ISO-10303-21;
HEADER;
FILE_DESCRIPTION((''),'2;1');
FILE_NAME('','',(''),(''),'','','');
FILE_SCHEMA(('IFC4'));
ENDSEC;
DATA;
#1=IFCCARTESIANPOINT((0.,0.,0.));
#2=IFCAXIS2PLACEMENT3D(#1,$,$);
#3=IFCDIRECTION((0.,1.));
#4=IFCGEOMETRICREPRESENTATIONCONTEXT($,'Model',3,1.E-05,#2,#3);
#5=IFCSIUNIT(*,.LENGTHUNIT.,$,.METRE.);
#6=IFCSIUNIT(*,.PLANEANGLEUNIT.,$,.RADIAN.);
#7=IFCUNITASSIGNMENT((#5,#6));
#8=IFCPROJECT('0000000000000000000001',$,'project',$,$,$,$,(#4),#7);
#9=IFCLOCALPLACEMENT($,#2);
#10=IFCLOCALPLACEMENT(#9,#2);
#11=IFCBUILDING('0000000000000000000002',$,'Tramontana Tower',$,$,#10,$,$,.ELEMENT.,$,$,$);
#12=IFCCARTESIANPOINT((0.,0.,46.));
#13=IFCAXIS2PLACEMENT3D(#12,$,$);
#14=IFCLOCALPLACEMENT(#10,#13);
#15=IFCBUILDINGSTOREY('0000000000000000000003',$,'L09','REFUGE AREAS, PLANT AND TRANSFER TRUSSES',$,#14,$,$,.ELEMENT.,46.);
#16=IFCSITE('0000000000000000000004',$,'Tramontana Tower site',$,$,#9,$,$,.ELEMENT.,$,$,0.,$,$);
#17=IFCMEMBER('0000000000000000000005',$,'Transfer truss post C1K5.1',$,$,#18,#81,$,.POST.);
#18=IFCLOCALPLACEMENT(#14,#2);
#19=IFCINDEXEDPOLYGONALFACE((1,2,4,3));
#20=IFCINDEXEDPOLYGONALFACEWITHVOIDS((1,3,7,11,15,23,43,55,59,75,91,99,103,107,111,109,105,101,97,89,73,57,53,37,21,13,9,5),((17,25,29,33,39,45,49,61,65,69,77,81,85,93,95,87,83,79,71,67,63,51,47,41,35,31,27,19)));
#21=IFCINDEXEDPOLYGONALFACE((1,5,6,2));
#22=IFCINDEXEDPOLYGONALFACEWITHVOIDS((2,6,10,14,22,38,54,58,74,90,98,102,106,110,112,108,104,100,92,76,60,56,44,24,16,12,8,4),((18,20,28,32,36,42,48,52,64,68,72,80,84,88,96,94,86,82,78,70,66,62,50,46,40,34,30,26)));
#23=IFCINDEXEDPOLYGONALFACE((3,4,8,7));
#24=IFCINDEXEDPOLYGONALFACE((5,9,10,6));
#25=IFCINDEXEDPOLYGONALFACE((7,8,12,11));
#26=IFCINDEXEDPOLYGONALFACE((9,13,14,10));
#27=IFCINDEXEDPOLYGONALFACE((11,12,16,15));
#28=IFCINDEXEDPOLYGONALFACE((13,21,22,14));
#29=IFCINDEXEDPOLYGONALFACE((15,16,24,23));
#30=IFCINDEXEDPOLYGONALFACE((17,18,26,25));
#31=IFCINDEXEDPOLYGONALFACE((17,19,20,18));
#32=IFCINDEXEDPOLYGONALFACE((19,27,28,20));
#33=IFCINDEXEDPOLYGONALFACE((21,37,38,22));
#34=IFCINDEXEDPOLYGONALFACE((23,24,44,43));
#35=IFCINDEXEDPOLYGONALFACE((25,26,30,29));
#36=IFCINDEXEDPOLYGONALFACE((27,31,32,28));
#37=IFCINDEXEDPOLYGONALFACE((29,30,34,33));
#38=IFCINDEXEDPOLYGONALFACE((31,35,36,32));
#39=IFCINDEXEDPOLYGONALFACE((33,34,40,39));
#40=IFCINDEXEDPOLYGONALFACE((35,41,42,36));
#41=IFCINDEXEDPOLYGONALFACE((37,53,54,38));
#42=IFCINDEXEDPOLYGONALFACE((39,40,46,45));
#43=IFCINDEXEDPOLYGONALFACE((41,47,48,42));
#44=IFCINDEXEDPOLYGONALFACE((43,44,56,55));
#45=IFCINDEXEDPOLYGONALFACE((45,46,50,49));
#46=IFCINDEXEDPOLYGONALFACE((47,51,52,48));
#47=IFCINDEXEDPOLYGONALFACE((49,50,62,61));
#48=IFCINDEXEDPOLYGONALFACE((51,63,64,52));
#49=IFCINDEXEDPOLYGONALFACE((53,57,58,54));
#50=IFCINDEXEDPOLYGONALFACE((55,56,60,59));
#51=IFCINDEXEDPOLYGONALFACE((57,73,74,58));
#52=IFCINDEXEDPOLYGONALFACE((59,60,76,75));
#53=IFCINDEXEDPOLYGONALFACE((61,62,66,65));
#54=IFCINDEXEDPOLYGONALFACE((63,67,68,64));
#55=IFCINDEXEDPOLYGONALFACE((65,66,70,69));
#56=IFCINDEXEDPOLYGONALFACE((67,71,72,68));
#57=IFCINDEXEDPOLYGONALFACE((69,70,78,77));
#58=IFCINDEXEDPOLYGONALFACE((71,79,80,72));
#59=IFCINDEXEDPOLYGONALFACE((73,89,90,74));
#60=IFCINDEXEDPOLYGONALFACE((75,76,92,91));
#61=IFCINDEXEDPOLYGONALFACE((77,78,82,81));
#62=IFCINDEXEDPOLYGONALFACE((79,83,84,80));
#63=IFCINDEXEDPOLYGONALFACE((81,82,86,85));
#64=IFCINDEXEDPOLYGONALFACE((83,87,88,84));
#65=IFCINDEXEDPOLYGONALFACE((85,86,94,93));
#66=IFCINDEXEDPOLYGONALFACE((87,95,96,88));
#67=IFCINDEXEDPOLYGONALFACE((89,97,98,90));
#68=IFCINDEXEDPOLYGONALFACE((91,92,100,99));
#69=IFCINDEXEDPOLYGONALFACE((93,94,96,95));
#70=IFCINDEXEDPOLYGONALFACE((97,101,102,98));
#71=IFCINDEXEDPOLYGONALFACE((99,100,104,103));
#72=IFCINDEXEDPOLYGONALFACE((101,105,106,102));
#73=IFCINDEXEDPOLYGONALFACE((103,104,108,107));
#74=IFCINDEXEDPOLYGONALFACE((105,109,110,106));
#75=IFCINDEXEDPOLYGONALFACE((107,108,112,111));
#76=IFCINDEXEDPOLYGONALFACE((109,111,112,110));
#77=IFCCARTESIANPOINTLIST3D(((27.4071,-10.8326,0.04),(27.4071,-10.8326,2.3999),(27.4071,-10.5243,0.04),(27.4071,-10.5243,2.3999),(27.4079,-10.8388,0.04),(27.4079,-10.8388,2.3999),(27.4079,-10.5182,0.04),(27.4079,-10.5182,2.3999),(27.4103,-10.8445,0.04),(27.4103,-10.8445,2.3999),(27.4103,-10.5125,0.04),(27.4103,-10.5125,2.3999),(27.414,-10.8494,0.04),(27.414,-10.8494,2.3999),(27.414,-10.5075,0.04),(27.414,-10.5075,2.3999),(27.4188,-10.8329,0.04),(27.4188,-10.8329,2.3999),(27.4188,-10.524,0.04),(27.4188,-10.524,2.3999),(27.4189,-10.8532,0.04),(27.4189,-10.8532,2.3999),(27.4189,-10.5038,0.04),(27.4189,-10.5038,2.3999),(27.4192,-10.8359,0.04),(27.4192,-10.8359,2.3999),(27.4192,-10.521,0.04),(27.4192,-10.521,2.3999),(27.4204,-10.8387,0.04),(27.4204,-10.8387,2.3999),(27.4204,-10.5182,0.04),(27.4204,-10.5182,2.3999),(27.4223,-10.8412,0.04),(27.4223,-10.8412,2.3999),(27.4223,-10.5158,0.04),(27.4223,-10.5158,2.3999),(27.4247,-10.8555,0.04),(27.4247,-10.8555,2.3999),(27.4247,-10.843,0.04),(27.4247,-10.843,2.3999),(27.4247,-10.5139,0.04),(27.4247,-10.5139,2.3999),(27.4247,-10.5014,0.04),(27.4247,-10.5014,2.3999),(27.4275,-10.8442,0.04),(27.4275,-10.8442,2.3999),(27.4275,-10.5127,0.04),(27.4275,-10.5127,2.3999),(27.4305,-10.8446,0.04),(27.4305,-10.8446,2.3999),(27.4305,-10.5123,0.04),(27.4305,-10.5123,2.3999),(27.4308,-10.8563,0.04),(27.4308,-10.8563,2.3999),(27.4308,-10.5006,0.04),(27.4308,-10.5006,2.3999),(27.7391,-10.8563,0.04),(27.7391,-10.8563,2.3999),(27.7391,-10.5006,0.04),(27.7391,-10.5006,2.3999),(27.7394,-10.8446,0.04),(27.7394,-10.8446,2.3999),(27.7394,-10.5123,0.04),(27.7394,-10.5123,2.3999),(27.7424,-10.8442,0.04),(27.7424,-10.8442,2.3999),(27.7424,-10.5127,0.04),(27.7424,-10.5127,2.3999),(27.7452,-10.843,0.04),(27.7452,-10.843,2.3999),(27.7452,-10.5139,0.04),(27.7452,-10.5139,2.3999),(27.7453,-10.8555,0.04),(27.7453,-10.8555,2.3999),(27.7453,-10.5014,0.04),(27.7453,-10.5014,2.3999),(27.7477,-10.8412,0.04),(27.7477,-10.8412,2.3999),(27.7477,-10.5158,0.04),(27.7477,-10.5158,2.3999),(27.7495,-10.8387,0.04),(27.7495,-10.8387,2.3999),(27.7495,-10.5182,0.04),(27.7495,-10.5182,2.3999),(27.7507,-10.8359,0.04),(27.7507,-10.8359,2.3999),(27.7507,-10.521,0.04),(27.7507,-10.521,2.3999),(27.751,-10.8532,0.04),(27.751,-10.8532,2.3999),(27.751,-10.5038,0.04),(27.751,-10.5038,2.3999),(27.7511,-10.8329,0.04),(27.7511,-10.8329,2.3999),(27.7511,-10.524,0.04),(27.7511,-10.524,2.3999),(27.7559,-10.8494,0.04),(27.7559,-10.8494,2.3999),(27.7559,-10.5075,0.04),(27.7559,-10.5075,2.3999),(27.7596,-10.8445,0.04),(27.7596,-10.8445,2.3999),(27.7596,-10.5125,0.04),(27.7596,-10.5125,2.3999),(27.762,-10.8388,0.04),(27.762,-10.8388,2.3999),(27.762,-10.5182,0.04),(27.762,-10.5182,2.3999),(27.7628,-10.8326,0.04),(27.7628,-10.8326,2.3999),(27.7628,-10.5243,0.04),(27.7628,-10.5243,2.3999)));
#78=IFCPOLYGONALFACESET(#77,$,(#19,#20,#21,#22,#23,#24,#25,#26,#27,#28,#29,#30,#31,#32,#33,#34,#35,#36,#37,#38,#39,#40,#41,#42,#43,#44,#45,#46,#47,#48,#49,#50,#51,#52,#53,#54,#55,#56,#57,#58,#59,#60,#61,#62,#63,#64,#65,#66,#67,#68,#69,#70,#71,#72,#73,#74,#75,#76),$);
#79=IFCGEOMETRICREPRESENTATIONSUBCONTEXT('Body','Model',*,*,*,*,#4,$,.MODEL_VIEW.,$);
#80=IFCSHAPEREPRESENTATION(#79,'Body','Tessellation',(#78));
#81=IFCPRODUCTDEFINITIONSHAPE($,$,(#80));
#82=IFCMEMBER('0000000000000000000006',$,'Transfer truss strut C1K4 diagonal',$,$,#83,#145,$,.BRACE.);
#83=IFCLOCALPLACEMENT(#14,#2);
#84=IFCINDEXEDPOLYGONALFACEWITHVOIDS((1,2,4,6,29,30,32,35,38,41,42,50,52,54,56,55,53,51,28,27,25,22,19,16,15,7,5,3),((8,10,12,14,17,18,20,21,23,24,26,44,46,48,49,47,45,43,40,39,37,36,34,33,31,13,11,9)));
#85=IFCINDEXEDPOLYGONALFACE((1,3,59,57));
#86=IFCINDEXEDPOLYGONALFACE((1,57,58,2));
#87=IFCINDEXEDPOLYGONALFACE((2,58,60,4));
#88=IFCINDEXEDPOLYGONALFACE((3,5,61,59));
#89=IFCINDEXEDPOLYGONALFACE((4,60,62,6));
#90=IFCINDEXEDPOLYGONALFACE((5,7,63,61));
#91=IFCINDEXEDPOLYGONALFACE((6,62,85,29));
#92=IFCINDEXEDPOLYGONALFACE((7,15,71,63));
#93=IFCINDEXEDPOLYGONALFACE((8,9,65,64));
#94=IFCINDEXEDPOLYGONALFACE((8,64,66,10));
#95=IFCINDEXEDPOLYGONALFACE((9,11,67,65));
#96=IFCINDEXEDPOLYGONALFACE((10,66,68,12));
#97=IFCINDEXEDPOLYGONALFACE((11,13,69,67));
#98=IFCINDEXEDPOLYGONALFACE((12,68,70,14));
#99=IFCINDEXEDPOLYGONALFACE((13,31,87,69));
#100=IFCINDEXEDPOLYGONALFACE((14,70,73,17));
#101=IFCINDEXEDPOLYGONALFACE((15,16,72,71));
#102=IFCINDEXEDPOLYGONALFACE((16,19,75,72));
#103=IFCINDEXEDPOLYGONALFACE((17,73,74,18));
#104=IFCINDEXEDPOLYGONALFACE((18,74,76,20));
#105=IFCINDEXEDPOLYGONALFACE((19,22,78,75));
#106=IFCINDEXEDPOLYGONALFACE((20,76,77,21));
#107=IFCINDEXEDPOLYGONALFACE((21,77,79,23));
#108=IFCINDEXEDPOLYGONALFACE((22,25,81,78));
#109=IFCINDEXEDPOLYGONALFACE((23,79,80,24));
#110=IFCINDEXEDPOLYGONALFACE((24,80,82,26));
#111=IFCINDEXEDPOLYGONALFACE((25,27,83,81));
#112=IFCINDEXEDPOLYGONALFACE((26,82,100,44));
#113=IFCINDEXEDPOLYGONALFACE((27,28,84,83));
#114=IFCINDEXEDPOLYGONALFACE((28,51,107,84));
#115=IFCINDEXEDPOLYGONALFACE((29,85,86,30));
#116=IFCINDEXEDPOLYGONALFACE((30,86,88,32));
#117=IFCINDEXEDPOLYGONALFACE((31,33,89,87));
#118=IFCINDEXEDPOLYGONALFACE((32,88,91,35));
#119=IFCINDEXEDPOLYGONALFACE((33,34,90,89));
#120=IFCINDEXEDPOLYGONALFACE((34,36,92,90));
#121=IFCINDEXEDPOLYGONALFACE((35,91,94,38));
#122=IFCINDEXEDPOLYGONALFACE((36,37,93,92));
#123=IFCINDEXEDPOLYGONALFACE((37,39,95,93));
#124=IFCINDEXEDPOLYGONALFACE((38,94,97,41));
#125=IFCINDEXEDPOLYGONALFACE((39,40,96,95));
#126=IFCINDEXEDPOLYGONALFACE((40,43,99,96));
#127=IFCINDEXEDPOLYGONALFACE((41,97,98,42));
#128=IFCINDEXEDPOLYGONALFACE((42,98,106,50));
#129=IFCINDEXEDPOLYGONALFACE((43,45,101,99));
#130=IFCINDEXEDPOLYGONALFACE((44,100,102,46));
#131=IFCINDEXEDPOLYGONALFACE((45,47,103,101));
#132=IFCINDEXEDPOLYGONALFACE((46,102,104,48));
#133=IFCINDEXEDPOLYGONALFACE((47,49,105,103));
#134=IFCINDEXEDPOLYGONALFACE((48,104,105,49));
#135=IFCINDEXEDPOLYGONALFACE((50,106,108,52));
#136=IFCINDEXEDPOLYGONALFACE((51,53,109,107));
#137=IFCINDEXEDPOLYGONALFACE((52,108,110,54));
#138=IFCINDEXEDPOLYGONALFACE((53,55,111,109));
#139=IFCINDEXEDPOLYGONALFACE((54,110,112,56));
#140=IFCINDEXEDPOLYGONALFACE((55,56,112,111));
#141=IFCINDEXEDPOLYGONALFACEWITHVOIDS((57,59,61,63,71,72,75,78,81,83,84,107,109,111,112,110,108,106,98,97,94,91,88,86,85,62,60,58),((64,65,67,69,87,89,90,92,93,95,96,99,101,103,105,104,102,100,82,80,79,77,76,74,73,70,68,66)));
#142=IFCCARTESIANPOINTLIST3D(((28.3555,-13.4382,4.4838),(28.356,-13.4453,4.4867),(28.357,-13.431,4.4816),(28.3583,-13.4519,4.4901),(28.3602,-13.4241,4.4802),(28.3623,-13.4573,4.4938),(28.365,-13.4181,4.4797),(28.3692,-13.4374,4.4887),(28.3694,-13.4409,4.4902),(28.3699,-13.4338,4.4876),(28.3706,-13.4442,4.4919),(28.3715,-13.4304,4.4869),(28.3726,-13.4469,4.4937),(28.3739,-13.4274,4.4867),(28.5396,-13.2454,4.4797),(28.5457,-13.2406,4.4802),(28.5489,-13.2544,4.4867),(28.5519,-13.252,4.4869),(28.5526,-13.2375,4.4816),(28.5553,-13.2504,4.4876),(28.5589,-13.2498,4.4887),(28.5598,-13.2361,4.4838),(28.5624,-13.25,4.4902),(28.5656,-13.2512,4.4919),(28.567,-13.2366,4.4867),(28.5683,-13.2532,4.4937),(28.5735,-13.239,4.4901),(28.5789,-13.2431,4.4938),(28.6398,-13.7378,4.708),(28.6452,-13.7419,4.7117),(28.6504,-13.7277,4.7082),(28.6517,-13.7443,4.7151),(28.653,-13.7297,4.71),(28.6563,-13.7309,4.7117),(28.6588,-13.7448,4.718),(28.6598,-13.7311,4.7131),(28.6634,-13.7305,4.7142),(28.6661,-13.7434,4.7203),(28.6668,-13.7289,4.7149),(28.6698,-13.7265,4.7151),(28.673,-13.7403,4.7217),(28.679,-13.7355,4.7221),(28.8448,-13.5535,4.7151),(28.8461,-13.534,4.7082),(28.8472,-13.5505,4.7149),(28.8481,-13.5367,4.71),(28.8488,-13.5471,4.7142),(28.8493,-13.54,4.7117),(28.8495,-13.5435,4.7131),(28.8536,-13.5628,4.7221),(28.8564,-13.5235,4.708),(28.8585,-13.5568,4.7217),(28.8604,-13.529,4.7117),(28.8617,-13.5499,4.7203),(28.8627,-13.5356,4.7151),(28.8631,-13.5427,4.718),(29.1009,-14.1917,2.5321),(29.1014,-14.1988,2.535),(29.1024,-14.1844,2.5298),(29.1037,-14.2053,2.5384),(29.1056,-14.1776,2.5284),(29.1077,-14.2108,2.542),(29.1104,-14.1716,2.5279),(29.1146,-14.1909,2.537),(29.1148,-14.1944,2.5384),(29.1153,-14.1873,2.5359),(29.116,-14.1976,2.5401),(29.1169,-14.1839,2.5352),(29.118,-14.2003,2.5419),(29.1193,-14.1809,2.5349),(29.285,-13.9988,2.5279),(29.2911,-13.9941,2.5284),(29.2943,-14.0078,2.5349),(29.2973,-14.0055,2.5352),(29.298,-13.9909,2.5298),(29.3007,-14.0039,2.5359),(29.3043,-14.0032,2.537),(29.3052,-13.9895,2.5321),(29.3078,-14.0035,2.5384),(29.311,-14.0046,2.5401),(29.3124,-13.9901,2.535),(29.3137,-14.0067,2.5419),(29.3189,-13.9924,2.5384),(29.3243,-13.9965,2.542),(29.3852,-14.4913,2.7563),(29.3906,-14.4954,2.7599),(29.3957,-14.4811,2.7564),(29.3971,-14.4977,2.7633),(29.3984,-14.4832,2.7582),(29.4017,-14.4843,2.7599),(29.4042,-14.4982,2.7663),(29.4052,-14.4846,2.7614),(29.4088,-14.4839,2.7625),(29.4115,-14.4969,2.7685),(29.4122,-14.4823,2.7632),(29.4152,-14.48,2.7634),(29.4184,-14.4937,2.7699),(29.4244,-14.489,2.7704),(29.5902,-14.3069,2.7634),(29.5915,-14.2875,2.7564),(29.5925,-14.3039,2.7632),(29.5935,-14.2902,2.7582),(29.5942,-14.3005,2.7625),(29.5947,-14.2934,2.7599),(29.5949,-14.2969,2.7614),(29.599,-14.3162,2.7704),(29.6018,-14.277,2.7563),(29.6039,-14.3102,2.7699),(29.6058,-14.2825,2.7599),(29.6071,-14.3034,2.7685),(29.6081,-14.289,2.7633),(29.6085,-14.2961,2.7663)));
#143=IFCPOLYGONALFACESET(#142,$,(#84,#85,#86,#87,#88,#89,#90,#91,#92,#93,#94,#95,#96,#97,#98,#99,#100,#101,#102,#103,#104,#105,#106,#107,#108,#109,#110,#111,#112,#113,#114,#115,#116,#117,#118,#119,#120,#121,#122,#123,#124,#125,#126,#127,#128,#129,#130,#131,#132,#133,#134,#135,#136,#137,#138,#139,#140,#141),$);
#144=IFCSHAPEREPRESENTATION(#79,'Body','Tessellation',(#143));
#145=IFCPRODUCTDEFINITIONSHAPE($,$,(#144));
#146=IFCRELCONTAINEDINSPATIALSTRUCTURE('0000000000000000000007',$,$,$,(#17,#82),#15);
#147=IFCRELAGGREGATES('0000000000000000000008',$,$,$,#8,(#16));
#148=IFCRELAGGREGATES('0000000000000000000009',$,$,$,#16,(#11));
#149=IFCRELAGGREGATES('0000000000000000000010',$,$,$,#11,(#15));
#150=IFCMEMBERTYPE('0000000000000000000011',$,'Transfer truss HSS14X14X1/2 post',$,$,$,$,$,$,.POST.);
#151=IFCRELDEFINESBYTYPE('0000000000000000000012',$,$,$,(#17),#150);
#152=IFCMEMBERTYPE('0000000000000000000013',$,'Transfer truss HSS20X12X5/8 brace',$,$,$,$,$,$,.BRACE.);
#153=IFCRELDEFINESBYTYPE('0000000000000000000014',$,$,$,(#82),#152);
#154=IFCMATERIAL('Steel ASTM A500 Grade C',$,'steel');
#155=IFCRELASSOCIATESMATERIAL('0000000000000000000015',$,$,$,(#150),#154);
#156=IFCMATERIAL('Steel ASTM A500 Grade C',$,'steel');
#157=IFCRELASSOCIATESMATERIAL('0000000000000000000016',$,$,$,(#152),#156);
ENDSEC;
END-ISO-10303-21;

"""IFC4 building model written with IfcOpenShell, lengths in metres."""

from ifc_helpers import new_model, si_unit, direction, frame, origin, origin_2d, place, context, subcontext, project, spatial, hollow_rectangle, extrude, material, material_profile, profile_set, type_object, element, save


model = new_model("IFC4")

# Units and contexts
model_context = context("Model", 3, precision=1e-05, world=origin(), true_north=direction((0.0, 1.0)))
body_context = subcontext(model_context, "Body", "Model", "MODEL_VIEW")
ifc_project = project(units=[si_unit("LENGTHUNIT", "METRE"), si_unit("PLANEANGLEUNIT", "RADIAN")], contexts=[model_context])

# Site, building, storey
site_placement = place(None, origin())
site = spatial("IfcSite", under=ifc_project, at=site_placement, Name="Tramontana Tower site", CompositionType="ELEMENT", RefElevation=0.0)
building_placement = place(site_placement, origin())
building = spatial("IfcBuilding", under=site, at=building_placement, Name="Tramontana Tower", CompositionType="ELEMENT")
storey_placement = place(building_placement, frame((0.0, 0.0, 46.0)))
storey = spatial("IfcBuildingStorey", under=building, at=storey_placement, Name="L09", Description="REFUGE AREAS, PLANT AND TRANSFER TRUSSES", CompositionType="ELEMENT", Elevation=46.0)

# Members
ifc_material_1 = material(Name="Steel ASTM A500 Grade C", Category="steel")
ifc_material_profile_1 = material_profile(ifc_material_1, hollow_rectangle(XDim=0.3557, YDim=0.3557, WallThickness=0.0117, InnerFilletRadius=0.0117, OuterFilletRadius=0.0237, at=origin_2d()), Name="HSS14X14X1/2")
ifc_profile_set_1 = profile_set([ifc_material_profile_1], Name="Steel ASTM A500 Grade C")
member_type_1 = type_object("IfcMemberType", Name="Transfer truss HSS14X14X1/2 post", PredefinedType="POST", material=ifc_profile_set_1)
member_1_placement = place(storey_placement, frame((27.585, -10.6785, 0.04), z_axis=(0.0, 0.0, 1.0), x_axis=(1.0, 0.0, 0.0)))
element("IfcMember", 1, at=member_1_placement, inside=storey, type_object=member_type_1, Name="Transfer truss post C1K5.1", PredefinedType="POST", context=body_context, shape_type="SweptSolid", body=[
    extrude(hollow_rectangle(XDim=0.3557, YDim=0.3557, WallThickness=0.0117, InnerFilletRadius=0.0117, OuterFilletRadius=0.0237, at=origin_2d()), origin(), (0.0, 0.0, 1.0), 2.3599),
])
ifc_material_2 = material(Name="Steel ASTM A500 Grade C", Category="steel")
ifc_material_profile_2 = material_profile(ifc_material_2, hollow_rectangle(XDim=0.3047, YDim=0.5081, WallThickness=0.0146, InnerFilletRadius=0.0146, OuterFilletRadius=0.0295, at=origin_2d()), Name="HSS20X12X5/8")
ifc_profile_set_2 = profile_set([ifc_material_profile_2], Name="Steel ASTM A500 Grade C")
member_type_2 = type_object("IfcMemberType", Name="Transfer truss HSS20X12X5/8 brace", PredefinedType="BRACE", material=ifc_profile_set_2)
member_2_placement = place(storey_placement, frame((29.3547, -14.2439, 2.6492), z_axis=(-0.33562, 0.339247, 0.878789), x_axis=(-0.710898, -0.703296, 0.0)))
element("IfcMember", 2, at=member_2_placement, inside=storey, type_object=member_type_2, Name="Transfer truss strut C1K4 diagonal", PredefinedType="BRACE", context=body_context, shape_type="SweptSolid", body=[
    extrude(hollow_rectangle(XDim=0.3047, YDim=0.5081, WallThickness=0.0146, InnerFilletRadius=0.0146, OuterFilletRadius=0.0295, at=origin_2d()), origin(), (0.0, 0.0, 1.0), 2.2209),
])

save(model, "model.ifc")
